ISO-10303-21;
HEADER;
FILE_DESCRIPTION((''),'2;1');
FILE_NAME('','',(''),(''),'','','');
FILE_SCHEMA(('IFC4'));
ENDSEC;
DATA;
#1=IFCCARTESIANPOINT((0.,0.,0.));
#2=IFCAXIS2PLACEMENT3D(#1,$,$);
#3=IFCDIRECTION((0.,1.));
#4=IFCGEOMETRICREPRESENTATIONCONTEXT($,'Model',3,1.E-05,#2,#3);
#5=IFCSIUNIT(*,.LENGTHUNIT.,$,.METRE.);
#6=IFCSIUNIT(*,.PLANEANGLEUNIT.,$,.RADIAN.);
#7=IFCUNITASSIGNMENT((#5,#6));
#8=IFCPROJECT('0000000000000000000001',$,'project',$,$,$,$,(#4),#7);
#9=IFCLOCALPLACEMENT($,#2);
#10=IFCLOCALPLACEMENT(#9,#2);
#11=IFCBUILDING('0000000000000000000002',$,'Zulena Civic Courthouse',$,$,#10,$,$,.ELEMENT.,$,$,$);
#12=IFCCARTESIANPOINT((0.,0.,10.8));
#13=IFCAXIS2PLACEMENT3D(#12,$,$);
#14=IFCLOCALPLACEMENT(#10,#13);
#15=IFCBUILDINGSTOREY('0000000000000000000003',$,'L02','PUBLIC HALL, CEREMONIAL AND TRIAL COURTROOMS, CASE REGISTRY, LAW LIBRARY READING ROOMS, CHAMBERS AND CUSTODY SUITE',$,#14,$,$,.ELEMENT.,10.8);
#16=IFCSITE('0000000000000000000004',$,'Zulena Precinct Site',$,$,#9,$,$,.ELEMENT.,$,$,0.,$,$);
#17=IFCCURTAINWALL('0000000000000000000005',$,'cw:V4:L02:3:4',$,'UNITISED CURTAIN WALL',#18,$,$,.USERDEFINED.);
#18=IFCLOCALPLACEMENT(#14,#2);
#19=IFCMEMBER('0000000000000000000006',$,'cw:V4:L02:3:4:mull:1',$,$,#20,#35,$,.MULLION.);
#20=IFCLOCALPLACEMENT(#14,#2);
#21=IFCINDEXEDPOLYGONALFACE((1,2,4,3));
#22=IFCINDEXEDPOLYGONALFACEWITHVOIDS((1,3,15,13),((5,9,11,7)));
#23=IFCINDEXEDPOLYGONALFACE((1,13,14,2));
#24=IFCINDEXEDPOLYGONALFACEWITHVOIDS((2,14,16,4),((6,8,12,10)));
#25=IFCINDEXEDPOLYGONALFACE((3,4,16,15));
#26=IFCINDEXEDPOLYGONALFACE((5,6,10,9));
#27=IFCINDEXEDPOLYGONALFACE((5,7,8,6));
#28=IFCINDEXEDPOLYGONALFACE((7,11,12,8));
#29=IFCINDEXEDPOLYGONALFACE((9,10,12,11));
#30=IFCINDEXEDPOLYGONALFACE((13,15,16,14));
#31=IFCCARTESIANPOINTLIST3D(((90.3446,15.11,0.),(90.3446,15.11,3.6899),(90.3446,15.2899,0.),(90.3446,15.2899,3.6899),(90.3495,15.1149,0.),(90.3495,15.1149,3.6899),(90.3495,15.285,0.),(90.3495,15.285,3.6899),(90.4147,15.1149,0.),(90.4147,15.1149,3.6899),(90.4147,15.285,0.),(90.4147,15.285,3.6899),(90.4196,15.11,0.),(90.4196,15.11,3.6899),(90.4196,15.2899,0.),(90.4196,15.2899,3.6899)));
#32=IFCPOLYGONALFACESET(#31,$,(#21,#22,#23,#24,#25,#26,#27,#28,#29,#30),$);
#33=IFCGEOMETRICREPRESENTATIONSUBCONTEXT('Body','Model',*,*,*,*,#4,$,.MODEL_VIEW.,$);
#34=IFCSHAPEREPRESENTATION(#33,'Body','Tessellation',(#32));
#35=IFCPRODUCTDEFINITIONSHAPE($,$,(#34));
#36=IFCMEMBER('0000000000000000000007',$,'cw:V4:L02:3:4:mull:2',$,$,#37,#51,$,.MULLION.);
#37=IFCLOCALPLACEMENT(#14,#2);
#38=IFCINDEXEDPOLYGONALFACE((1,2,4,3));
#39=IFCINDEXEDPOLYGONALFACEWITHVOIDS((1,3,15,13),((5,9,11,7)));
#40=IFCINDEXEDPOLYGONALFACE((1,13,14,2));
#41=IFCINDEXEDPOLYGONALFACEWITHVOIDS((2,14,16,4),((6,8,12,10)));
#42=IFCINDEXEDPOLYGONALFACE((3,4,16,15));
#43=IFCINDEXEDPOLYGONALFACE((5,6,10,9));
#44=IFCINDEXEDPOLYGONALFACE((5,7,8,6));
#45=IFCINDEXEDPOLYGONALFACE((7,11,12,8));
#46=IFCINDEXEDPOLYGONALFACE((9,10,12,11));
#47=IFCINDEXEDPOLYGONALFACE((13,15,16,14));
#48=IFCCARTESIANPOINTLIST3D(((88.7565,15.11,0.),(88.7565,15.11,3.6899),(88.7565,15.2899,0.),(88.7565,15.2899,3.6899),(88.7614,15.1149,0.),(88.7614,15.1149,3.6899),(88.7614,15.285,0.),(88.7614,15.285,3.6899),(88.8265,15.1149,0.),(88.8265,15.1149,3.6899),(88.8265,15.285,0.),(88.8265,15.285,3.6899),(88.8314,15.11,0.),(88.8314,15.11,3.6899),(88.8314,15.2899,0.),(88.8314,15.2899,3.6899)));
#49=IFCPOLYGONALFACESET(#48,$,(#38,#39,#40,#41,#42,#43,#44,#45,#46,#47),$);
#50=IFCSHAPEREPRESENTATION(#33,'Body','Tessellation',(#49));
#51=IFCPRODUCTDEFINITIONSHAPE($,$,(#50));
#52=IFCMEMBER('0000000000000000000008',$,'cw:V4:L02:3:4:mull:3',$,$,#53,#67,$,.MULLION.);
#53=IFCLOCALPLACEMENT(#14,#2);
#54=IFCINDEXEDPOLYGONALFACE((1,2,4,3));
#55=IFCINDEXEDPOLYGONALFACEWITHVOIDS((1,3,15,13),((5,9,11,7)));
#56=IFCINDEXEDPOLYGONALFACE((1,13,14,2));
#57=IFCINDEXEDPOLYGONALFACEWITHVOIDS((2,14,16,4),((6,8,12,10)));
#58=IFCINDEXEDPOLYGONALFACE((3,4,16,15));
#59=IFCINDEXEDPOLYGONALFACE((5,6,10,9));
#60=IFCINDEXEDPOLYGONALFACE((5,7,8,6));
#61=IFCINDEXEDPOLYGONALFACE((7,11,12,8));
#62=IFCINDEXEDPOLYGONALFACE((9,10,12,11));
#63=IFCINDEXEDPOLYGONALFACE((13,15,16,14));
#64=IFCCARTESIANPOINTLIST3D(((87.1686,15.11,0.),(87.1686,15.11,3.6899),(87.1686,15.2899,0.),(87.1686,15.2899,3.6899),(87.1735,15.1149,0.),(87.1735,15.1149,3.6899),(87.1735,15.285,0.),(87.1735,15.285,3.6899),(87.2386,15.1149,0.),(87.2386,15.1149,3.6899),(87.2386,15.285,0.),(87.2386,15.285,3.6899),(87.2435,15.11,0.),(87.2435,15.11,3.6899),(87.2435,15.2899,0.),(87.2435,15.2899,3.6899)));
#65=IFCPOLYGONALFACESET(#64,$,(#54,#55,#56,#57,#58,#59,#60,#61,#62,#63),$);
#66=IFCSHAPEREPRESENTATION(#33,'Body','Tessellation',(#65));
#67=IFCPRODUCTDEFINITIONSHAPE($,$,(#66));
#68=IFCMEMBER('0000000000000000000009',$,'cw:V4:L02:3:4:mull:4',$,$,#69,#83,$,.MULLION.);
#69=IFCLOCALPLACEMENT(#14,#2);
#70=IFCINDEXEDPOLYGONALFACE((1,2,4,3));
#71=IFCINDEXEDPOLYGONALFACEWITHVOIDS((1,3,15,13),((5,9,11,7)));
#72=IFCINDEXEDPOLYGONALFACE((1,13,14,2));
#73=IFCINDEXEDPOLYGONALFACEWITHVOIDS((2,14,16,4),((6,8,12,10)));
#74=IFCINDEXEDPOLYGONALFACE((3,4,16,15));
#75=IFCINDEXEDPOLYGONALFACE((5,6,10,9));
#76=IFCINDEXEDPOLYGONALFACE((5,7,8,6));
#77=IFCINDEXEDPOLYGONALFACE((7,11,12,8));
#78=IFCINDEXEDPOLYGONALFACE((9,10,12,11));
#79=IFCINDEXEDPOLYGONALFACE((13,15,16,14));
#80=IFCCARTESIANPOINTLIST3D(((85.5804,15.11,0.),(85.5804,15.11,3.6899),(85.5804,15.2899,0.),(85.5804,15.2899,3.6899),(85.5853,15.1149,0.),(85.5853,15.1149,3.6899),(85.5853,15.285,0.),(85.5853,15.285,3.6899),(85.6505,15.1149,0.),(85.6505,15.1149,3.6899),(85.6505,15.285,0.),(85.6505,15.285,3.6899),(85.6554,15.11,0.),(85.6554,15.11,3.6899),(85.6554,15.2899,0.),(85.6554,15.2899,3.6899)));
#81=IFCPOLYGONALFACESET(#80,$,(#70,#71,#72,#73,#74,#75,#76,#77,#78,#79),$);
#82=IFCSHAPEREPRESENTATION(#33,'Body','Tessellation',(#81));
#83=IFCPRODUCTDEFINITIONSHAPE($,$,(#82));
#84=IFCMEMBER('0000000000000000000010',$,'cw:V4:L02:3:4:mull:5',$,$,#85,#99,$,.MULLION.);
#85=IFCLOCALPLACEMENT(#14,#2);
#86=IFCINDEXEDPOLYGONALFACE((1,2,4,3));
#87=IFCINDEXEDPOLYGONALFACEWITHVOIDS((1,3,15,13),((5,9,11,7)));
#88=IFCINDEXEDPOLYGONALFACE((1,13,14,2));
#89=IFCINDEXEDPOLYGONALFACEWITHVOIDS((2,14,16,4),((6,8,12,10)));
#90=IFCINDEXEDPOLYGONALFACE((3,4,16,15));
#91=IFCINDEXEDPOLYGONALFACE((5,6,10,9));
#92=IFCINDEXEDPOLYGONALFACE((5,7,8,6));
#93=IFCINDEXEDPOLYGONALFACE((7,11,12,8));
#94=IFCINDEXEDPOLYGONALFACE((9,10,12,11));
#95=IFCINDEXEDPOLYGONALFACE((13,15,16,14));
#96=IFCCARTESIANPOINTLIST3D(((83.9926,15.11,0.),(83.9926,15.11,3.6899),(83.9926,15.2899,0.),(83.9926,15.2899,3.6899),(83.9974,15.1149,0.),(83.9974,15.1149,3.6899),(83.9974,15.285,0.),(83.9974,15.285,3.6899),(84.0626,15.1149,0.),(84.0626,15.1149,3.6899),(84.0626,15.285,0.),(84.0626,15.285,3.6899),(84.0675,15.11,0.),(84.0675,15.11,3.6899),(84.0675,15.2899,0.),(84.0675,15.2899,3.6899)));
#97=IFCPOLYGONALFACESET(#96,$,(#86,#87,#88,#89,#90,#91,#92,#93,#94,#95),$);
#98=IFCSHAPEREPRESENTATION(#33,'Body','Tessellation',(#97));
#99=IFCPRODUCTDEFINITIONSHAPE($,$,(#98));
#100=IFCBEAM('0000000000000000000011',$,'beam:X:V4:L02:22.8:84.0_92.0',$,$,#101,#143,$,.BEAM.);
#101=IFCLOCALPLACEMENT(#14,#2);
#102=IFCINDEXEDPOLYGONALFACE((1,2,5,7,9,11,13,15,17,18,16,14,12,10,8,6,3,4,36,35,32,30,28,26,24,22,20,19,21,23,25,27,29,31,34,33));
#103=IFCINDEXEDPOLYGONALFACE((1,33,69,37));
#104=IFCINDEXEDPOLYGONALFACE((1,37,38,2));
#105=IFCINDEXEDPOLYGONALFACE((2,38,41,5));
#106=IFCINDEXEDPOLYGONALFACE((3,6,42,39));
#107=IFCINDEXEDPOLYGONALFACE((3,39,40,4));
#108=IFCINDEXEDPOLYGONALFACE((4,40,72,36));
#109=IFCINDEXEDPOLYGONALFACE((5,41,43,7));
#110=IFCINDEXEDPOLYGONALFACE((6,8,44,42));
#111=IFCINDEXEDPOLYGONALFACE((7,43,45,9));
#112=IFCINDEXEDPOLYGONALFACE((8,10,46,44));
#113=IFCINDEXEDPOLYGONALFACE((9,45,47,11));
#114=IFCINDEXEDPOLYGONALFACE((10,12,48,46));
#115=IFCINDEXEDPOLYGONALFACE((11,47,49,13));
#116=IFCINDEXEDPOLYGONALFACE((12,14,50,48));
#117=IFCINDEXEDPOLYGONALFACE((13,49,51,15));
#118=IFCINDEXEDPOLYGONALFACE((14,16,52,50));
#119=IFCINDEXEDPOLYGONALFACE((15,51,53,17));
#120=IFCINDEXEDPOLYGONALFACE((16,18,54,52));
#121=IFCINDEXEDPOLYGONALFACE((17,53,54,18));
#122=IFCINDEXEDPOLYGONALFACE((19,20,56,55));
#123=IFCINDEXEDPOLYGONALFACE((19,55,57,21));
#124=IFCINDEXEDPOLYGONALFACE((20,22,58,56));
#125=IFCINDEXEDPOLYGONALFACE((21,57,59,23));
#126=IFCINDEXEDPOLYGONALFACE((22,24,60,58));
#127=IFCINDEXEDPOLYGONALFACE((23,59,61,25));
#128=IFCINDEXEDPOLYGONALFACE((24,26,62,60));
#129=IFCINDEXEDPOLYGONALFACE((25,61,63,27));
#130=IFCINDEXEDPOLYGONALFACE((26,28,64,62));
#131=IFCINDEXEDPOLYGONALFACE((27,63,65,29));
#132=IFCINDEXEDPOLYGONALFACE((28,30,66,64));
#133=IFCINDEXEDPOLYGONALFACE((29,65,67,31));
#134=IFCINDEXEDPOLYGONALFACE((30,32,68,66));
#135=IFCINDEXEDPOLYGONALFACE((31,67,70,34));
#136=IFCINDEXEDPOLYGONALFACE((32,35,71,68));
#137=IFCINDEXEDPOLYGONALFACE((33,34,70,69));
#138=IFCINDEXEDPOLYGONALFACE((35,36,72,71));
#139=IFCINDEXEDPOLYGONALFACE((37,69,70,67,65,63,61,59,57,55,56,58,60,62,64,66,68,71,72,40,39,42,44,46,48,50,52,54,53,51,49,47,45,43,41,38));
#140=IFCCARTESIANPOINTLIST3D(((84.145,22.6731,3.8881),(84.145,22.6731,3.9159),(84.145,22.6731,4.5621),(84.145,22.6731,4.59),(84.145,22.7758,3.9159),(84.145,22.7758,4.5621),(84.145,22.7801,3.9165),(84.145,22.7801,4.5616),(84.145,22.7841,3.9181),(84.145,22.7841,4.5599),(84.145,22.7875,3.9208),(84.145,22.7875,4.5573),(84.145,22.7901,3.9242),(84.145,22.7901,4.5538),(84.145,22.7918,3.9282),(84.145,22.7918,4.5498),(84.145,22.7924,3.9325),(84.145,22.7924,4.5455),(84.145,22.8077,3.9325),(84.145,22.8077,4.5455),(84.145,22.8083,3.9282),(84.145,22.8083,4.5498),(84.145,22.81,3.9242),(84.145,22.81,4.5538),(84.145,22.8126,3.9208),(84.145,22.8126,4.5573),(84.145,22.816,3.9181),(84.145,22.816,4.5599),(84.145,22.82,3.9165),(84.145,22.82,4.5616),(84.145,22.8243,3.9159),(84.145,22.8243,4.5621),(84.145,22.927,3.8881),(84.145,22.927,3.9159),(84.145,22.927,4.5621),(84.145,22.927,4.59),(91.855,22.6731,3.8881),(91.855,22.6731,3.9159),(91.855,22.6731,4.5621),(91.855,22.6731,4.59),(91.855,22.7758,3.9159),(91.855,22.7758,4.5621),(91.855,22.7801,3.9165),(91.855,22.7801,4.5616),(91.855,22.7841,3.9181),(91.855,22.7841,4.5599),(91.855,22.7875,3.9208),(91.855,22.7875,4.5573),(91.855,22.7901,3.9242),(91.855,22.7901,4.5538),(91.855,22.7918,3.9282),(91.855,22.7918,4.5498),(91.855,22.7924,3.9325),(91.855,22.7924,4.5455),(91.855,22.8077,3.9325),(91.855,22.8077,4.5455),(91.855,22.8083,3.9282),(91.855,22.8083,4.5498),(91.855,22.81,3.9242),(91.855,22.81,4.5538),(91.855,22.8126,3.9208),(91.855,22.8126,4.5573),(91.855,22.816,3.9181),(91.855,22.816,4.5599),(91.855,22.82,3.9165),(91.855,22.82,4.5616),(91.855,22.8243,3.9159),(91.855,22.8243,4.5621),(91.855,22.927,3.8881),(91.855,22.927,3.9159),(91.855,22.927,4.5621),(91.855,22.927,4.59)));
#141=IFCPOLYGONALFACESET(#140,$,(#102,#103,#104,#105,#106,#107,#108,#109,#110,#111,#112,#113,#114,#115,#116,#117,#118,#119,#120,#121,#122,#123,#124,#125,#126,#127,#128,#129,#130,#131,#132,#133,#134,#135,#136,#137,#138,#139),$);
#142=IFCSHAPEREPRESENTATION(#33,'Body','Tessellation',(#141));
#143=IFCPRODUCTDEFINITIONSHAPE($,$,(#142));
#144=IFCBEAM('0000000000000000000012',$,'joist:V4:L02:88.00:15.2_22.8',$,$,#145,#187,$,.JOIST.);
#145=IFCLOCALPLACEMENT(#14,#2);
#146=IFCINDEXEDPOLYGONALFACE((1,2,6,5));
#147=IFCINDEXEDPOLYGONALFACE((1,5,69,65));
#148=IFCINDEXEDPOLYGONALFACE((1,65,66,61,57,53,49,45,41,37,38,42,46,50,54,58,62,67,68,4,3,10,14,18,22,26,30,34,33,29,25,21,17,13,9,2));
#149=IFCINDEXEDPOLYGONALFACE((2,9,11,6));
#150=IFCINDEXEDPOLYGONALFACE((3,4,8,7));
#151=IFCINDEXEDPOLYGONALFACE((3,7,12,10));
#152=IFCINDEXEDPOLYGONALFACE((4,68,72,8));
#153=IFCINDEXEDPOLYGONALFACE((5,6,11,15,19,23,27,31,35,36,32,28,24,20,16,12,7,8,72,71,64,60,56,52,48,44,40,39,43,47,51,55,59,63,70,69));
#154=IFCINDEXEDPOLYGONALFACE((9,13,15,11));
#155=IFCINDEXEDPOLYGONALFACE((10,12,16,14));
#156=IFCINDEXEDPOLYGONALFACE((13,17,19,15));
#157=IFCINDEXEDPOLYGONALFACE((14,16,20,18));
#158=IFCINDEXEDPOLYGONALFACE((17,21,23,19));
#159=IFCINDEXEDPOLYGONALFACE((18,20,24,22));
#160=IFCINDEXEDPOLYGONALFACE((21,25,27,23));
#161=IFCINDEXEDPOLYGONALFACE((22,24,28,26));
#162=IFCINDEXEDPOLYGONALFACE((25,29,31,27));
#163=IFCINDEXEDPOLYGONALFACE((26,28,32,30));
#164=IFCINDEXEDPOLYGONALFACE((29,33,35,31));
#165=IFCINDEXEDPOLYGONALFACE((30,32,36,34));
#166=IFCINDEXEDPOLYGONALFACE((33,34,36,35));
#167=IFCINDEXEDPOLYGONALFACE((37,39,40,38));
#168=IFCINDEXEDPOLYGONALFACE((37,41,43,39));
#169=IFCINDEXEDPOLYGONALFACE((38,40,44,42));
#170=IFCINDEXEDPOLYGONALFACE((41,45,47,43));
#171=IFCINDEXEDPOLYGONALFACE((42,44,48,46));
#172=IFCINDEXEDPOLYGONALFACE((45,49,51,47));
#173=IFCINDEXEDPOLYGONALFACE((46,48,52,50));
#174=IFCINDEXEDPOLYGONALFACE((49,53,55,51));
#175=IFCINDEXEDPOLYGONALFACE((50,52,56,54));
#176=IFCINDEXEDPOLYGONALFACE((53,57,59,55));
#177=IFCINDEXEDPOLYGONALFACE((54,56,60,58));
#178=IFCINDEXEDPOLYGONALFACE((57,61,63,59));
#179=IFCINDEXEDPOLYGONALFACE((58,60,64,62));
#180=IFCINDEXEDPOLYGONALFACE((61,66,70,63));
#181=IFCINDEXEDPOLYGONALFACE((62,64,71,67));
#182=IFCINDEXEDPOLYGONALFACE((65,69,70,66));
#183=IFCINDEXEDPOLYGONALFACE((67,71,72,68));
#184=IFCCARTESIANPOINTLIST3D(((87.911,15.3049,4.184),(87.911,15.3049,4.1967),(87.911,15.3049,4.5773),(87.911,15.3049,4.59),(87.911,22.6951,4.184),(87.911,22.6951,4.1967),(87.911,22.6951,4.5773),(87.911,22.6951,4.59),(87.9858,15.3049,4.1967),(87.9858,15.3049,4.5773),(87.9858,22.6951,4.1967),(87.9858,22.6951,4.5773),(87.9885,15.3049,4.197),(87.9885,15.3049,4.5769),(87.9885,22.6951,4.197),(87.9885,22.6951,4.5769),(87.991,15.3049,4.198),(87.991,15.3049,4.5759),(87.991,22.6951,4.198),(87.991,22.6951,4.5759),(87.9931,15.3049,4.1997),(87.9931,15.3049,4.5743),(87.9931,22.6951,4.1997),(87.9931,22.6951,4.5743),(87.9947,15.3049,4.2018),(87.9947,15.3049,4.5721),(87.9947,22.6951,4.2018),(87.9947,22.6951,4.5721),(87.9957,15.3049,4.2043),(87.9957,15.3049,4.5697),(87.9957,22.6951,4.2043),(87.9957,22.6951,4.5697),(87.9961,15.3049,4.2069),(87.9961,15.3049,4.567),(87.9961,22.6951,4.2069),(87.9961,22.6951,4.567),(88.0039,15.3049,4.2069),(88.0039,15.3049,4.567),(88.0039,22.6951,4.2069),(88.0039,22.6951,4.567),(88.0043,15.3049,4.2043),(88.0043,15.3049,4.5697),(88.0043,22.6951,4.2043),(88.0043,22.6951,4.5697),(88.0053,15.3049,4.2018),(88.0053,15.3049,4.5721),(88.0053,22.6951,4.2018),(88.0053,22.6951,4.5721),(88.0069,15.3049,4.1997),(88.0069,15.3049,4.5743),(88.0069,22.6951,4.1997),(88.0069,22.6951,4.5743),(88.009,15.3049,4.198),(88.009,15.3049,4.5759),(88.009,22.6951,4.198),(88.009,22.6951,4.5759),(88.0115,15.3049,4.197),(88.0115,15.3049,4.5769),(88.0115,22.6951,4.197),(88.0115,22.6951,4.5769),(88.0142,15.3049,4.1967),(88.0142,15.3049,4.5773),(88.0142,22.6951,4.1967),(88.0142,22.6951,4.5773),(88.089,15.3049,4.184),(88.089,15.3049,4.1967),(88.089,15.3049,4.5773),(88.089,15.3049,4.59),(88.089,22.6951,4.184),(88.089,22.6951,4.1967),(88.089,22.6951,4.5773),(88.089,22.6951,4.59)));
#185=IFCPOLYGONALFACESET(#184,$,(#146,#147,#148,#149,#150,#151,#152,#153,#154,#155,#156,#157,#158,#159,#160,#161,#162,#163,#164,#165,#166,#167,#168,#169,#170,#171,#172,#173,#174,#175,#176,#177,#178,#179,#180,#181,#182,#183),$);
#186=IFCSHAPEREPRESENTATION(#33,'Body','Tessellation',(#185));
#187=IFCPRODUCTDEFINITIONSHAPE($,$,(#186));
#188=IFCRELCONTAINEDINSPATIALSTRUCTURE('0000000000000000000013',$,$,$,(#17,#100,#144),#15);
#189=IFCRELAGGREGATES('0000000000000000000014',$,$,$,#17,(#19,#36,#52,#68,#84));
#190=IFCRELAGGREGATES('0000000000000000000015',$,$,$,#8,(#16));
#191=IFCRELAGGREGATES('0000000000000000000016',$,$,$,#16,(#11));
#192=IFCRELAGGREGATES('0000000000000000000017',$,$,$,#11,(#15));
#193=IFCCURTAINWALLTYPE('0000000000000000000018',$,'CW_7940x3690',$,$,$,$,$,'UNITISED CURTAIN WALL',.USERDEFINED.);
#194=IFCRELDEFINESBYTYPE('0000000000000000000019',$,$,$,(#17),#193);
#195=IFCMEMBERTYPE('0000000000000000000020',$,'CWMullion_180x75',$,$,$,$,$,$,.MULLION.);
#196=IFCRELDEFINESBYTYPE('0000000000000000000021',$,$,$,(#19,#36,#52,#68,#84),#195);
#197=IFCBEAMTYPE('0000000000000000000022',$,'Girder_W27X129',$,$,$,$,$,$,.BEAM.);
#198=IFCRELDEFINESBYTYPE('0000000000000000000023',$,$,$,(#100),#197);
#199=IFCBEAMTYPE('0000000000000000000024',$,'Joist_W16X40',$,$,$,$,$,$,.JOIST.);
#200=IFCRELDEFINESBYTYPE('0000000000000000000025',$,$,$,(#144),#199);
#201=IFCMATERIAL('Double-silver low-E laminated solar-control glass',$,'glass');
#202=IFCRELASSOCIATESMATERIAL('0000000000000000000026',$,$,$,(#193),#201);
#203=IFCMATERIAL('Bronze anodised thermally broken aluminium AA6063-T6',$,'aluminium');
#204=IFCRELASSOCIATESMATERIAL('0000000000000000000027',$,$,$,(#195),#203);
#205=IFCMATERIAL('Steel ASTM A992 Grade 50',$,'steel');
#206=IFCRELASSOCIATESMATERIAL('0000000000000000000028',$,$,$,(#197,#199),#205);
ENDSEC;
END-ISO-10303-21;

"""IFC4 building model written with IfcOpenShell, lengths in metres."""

from ifc_helpers import new_model, si_unit, direction, frame, origin, origin_2d, place, context, subcontext, project, spatial, hollow_rectangle, i_section, extrude, material, material_profile, profile_set, type_object, element, aggregate, save


model = new_model("IFC4")

# Units and contexts
model_context = context("Model", 3, precision=1e-05, world=origin(), true_north=direction((0.0, 1.0)))
body_context = subcontext(model_context, "Body", "Model", "MODEL_VIEW")
ifc_project = project(units=[si_unit("LENGTHUNIT", "METRE"), si_unit("PLANEANGLEUNIT", "RADIAN")], contexts=[model_context])

# Site, building, storey
site_placement = place(None, origin())
site = spatial("IfcSite", under=ifc_project, at=site_placement, Name="Zulena Precinct Site", CompositionType="ELEMENT", RefElevation=0.0)
building_placement = place(site_placement, origin())
building = spatial("IfcBuilding", under=site, at=building_placement, Name="Zulena Civic Courthouse", CompositionType="ELEMENT")
storey_placement = place(building_placement, frame((0.0, 0.0, 10.8)))
storey = spatial("IfcBuildingStorey", under=building, at=storey_placement, Name="L02", Description="PUBLIC HALL, CEREMONIAL AND TRIAL COURTROOMS, CASE REGISTRY, LAW LIBRARY READING ROOMS, CHAMBERS AND CUSTODY SUITE", CompositionType="ELEMENT", Elevation=10.8)

# Curtain wall, members
ifc_material_1 = material(Name="Double-silver low-E laminated solar-control glass", Category="glass")
curtain_wall_type = type_object("IfcCurtainWallType", Name="CW_7940x3690", ElementType="UNITISED CURTAIN WALL", PredefinedType="USERDEFINED", material=ifc_material_1)
curtain_wall_placement = place(storey_placement, origin())
curtain_wall = element("IfcCurtainWall", 1, at=curtain_wall_placement, inside=storey, type_object=curtain_wall_type, Name="cw:V4:L02:3:4", ObjectType="UNITISED CURTAIN WALL", PredefinedType="USERDEFINED")
ifc_material_2 = material(Name="Bronze anodised thermally broken aluminium AA6063-T6", Category="aluminium")
ifc_material_profile_1 = material_profile(ifc_material_2, hollow_rectangle(XDim=0.075, YDim=0.1799, WallThickness=0.0049, at=origin_2d()), Name="CWM180X75X5")
ifc_profile_set_1 = profile_set([ifc_material_profile_1], Name="Bronze anodised thermally broken aluminium AA6063-T6")
member_type = type_object("IfcMemberType", Name="CWMullion_180x75", PredefinedType="MULLION", material=ifc_profile_set_1)
member_1_placement = place(storey_placement, frame((90.3821, 15.2, 0.0), z_axis=(0.0, 0.0, 1.0), x_axis=(1.0, 0.0, 0.0)))
member_1 = element("IfcMember", 2, at=member_1_placement, type_object=member_type, Name="cw:V4:L02:3:4:mull:1", PredefinedType="MULLION", context=body_context, shape_type="SweptSolid", body=[
    extrude(hollow_rectangle(XDim=0.075, YDim=0.1799, WallThickness=0.0049, at=origin_2d()), origin(), (0.0, 0.0, 1.0), 3.6899),
])
member_2_placement = place(storey_placement, frame((88.7939, 15.2, 0.0), z_axis=(0.0, 0.0, 1.0), x_axis=(1.0, 0.0, 0.0)))
member_2 = element("IfcMember", 3, at=member_2_placement, type_object=member_type, Name="cw:V4:L02:3:4:mull:2", PredefinedType="MULLION", context=body_context, shape_type="SweptSolid", body=[
    extrude(hollow_rectangle(XDim=0.075, YDim=0.1799, WallThickness=0.0049, at=origin_2d()), origin(), (0.0, 0.0, 1.0), 3.6899),
])
member_3_placement = place(storey_placement, frame((87.2061, 15.2, 0.0), z_axis=(0.0, 0.0, 1.0), x_axis=(1.0, 0.0, 0.0)))
member_3 = element("IfcMember", 4, at=member_3_placement, type_object=member_type, Name="cw:V4:L02:3:4:mull:3", PredefinedType="MULLION", context=body_context, shape_type="SweptSolid", body=[
    extrude(hollow_rectangle(XDim=0.075, YDim=0.1799, WallThickness=0.0049, at=origin_2d()), origin(), (0.0, 0.0, 1.0), 3.6899),
])
member_4_placement = place(storey_placement, frame((85.6179, 15.2, 0.0), z_axis=(0.0, 0.0, 1.0), x_axis=(1.0, 0.0, 0.0)))
member_4 = element("IfcMember", 5, at=member_4_placement, type_object=member_type, Name="cw:V4:L02:3:4:mull:4", PredefinedType="MULLION", context=body_context, shape_type="SweptSolid", body=[
    extrude(hollow_rectangle(XDim=0.075, YDim=0.1799, WallThickness=0.0049, at=origin_2d()), origin(), (0.0, 0.0, 1.0), 3.6899),
])
member_5_placement = place(storey_placement, frame((84.03, 15.2, 0.0), z_axis=(0.0, 0.0, 1.0), x_axis=(1.0, 0.0, 0.0)))
member_5 = element("IfcMember", 6, at=member_5_placement, type_object=member_type, Name="cw:V4:L02:3:4:mull:5", PredefinedType="MULLION", context=body_context, shape_type="SweptSolid", body=[
    extrude(hollow_rectangle(XDim=0.075, YDim=0.1799, WallThickness=0.0049, at=origin_2d()), origin(), (0.0, 0.0, 1.0), 3.6899),
])

# Beams
ifc_material_3 = material(Name="Steel ASTM A992 Grade 50", Category="steel")
ifc_material_profile_2 = material_profile(ifc_material_3, i_section(OverallWidth=0.2539, OverallDepth=0.7019, WebThickness=0.0154, FlangeThickness=0.0278, FilletRadius=0.0166, at=origin_2d()), Name="W27X129")
ifc_profile_set_2 = profile_set([ifc_material_profile_2], Name="Steel ASTM A992 Grade 50")
beam_type_1 = type_object("IfcBeamType", Name="Girder_W27X129", PredefinedType="BEAM", material=ifc_profile_set_2)
beam_1_placement = place(storey_placement, frame((84.145, 22.8, 4.239), z_axis=(1.0, 0.0, 0.0), x_axis=(0.0, 1.0, 0.0)))
element("IfcBeam", 7, at=beam_1_placement, inside=storey, type_object=beam_type_1, Name="beam:X:V4:L02:22.8:84.0_92.0", PredefinedType="BEAM", context=body_context, shape_type="SweptSolid", body=[
    extrude(i_section(OverallWidth=0.2539, OverallDepth=0.7019, WebThickness=0.0154, FlangeThickness=0.0278, FilletRadius=0.0166, at=origin_2d()), origin(), (0.0, 0.0, 1.0), 7.71),
])
ifc_material_profile_3 = material_profile(ifc_material_3, i_section(OverallWidth=0.178, OverallDepth=0.406, WebThickness=0.0078, FlangeThickness=0.0127, FilletRadius=0.0103, at=origin_2d()), Name="W16X40")
ifc_profile_set_3 = profile_set([ifc_material_profile_3], Name="Steel ASTM A992 Grade 50")
beam_type_2 = type_object("IfcBeamType", Name="Joist_W16X40", PredefinedType="JOIST", material=ifc_profile_set_3)
beam_2_placement = place(storey_placement, frame((88.0, 15.3049, 4.387), z_axis=(0.0, 1.0, 0.0), x_axis=(-1.0, 0.0, 0.0)))
element("IfcBeam", 8, at=beam_2_placement, inside=storey, type_object=beam_type_2, Name="joist:V4:L02:88.00:15.2_22.8", PredefinedType="JOIST", context=body_context, shape_type="SweptSolid", body=[
    extrude(i_section(OverallWidth=0.178, OverallDepth=0.406, WebThickness=0.0078, FlangeThickness=0.0127, FilletRadius=0.0103, at=origin_2d()), origin(), (0.0, 0.0, 1.0), 7.3901),
])

aggregate(curtain_wall, [member_1, member_2, member_3, member_4, member_5])

save(model, "model.ifc")
